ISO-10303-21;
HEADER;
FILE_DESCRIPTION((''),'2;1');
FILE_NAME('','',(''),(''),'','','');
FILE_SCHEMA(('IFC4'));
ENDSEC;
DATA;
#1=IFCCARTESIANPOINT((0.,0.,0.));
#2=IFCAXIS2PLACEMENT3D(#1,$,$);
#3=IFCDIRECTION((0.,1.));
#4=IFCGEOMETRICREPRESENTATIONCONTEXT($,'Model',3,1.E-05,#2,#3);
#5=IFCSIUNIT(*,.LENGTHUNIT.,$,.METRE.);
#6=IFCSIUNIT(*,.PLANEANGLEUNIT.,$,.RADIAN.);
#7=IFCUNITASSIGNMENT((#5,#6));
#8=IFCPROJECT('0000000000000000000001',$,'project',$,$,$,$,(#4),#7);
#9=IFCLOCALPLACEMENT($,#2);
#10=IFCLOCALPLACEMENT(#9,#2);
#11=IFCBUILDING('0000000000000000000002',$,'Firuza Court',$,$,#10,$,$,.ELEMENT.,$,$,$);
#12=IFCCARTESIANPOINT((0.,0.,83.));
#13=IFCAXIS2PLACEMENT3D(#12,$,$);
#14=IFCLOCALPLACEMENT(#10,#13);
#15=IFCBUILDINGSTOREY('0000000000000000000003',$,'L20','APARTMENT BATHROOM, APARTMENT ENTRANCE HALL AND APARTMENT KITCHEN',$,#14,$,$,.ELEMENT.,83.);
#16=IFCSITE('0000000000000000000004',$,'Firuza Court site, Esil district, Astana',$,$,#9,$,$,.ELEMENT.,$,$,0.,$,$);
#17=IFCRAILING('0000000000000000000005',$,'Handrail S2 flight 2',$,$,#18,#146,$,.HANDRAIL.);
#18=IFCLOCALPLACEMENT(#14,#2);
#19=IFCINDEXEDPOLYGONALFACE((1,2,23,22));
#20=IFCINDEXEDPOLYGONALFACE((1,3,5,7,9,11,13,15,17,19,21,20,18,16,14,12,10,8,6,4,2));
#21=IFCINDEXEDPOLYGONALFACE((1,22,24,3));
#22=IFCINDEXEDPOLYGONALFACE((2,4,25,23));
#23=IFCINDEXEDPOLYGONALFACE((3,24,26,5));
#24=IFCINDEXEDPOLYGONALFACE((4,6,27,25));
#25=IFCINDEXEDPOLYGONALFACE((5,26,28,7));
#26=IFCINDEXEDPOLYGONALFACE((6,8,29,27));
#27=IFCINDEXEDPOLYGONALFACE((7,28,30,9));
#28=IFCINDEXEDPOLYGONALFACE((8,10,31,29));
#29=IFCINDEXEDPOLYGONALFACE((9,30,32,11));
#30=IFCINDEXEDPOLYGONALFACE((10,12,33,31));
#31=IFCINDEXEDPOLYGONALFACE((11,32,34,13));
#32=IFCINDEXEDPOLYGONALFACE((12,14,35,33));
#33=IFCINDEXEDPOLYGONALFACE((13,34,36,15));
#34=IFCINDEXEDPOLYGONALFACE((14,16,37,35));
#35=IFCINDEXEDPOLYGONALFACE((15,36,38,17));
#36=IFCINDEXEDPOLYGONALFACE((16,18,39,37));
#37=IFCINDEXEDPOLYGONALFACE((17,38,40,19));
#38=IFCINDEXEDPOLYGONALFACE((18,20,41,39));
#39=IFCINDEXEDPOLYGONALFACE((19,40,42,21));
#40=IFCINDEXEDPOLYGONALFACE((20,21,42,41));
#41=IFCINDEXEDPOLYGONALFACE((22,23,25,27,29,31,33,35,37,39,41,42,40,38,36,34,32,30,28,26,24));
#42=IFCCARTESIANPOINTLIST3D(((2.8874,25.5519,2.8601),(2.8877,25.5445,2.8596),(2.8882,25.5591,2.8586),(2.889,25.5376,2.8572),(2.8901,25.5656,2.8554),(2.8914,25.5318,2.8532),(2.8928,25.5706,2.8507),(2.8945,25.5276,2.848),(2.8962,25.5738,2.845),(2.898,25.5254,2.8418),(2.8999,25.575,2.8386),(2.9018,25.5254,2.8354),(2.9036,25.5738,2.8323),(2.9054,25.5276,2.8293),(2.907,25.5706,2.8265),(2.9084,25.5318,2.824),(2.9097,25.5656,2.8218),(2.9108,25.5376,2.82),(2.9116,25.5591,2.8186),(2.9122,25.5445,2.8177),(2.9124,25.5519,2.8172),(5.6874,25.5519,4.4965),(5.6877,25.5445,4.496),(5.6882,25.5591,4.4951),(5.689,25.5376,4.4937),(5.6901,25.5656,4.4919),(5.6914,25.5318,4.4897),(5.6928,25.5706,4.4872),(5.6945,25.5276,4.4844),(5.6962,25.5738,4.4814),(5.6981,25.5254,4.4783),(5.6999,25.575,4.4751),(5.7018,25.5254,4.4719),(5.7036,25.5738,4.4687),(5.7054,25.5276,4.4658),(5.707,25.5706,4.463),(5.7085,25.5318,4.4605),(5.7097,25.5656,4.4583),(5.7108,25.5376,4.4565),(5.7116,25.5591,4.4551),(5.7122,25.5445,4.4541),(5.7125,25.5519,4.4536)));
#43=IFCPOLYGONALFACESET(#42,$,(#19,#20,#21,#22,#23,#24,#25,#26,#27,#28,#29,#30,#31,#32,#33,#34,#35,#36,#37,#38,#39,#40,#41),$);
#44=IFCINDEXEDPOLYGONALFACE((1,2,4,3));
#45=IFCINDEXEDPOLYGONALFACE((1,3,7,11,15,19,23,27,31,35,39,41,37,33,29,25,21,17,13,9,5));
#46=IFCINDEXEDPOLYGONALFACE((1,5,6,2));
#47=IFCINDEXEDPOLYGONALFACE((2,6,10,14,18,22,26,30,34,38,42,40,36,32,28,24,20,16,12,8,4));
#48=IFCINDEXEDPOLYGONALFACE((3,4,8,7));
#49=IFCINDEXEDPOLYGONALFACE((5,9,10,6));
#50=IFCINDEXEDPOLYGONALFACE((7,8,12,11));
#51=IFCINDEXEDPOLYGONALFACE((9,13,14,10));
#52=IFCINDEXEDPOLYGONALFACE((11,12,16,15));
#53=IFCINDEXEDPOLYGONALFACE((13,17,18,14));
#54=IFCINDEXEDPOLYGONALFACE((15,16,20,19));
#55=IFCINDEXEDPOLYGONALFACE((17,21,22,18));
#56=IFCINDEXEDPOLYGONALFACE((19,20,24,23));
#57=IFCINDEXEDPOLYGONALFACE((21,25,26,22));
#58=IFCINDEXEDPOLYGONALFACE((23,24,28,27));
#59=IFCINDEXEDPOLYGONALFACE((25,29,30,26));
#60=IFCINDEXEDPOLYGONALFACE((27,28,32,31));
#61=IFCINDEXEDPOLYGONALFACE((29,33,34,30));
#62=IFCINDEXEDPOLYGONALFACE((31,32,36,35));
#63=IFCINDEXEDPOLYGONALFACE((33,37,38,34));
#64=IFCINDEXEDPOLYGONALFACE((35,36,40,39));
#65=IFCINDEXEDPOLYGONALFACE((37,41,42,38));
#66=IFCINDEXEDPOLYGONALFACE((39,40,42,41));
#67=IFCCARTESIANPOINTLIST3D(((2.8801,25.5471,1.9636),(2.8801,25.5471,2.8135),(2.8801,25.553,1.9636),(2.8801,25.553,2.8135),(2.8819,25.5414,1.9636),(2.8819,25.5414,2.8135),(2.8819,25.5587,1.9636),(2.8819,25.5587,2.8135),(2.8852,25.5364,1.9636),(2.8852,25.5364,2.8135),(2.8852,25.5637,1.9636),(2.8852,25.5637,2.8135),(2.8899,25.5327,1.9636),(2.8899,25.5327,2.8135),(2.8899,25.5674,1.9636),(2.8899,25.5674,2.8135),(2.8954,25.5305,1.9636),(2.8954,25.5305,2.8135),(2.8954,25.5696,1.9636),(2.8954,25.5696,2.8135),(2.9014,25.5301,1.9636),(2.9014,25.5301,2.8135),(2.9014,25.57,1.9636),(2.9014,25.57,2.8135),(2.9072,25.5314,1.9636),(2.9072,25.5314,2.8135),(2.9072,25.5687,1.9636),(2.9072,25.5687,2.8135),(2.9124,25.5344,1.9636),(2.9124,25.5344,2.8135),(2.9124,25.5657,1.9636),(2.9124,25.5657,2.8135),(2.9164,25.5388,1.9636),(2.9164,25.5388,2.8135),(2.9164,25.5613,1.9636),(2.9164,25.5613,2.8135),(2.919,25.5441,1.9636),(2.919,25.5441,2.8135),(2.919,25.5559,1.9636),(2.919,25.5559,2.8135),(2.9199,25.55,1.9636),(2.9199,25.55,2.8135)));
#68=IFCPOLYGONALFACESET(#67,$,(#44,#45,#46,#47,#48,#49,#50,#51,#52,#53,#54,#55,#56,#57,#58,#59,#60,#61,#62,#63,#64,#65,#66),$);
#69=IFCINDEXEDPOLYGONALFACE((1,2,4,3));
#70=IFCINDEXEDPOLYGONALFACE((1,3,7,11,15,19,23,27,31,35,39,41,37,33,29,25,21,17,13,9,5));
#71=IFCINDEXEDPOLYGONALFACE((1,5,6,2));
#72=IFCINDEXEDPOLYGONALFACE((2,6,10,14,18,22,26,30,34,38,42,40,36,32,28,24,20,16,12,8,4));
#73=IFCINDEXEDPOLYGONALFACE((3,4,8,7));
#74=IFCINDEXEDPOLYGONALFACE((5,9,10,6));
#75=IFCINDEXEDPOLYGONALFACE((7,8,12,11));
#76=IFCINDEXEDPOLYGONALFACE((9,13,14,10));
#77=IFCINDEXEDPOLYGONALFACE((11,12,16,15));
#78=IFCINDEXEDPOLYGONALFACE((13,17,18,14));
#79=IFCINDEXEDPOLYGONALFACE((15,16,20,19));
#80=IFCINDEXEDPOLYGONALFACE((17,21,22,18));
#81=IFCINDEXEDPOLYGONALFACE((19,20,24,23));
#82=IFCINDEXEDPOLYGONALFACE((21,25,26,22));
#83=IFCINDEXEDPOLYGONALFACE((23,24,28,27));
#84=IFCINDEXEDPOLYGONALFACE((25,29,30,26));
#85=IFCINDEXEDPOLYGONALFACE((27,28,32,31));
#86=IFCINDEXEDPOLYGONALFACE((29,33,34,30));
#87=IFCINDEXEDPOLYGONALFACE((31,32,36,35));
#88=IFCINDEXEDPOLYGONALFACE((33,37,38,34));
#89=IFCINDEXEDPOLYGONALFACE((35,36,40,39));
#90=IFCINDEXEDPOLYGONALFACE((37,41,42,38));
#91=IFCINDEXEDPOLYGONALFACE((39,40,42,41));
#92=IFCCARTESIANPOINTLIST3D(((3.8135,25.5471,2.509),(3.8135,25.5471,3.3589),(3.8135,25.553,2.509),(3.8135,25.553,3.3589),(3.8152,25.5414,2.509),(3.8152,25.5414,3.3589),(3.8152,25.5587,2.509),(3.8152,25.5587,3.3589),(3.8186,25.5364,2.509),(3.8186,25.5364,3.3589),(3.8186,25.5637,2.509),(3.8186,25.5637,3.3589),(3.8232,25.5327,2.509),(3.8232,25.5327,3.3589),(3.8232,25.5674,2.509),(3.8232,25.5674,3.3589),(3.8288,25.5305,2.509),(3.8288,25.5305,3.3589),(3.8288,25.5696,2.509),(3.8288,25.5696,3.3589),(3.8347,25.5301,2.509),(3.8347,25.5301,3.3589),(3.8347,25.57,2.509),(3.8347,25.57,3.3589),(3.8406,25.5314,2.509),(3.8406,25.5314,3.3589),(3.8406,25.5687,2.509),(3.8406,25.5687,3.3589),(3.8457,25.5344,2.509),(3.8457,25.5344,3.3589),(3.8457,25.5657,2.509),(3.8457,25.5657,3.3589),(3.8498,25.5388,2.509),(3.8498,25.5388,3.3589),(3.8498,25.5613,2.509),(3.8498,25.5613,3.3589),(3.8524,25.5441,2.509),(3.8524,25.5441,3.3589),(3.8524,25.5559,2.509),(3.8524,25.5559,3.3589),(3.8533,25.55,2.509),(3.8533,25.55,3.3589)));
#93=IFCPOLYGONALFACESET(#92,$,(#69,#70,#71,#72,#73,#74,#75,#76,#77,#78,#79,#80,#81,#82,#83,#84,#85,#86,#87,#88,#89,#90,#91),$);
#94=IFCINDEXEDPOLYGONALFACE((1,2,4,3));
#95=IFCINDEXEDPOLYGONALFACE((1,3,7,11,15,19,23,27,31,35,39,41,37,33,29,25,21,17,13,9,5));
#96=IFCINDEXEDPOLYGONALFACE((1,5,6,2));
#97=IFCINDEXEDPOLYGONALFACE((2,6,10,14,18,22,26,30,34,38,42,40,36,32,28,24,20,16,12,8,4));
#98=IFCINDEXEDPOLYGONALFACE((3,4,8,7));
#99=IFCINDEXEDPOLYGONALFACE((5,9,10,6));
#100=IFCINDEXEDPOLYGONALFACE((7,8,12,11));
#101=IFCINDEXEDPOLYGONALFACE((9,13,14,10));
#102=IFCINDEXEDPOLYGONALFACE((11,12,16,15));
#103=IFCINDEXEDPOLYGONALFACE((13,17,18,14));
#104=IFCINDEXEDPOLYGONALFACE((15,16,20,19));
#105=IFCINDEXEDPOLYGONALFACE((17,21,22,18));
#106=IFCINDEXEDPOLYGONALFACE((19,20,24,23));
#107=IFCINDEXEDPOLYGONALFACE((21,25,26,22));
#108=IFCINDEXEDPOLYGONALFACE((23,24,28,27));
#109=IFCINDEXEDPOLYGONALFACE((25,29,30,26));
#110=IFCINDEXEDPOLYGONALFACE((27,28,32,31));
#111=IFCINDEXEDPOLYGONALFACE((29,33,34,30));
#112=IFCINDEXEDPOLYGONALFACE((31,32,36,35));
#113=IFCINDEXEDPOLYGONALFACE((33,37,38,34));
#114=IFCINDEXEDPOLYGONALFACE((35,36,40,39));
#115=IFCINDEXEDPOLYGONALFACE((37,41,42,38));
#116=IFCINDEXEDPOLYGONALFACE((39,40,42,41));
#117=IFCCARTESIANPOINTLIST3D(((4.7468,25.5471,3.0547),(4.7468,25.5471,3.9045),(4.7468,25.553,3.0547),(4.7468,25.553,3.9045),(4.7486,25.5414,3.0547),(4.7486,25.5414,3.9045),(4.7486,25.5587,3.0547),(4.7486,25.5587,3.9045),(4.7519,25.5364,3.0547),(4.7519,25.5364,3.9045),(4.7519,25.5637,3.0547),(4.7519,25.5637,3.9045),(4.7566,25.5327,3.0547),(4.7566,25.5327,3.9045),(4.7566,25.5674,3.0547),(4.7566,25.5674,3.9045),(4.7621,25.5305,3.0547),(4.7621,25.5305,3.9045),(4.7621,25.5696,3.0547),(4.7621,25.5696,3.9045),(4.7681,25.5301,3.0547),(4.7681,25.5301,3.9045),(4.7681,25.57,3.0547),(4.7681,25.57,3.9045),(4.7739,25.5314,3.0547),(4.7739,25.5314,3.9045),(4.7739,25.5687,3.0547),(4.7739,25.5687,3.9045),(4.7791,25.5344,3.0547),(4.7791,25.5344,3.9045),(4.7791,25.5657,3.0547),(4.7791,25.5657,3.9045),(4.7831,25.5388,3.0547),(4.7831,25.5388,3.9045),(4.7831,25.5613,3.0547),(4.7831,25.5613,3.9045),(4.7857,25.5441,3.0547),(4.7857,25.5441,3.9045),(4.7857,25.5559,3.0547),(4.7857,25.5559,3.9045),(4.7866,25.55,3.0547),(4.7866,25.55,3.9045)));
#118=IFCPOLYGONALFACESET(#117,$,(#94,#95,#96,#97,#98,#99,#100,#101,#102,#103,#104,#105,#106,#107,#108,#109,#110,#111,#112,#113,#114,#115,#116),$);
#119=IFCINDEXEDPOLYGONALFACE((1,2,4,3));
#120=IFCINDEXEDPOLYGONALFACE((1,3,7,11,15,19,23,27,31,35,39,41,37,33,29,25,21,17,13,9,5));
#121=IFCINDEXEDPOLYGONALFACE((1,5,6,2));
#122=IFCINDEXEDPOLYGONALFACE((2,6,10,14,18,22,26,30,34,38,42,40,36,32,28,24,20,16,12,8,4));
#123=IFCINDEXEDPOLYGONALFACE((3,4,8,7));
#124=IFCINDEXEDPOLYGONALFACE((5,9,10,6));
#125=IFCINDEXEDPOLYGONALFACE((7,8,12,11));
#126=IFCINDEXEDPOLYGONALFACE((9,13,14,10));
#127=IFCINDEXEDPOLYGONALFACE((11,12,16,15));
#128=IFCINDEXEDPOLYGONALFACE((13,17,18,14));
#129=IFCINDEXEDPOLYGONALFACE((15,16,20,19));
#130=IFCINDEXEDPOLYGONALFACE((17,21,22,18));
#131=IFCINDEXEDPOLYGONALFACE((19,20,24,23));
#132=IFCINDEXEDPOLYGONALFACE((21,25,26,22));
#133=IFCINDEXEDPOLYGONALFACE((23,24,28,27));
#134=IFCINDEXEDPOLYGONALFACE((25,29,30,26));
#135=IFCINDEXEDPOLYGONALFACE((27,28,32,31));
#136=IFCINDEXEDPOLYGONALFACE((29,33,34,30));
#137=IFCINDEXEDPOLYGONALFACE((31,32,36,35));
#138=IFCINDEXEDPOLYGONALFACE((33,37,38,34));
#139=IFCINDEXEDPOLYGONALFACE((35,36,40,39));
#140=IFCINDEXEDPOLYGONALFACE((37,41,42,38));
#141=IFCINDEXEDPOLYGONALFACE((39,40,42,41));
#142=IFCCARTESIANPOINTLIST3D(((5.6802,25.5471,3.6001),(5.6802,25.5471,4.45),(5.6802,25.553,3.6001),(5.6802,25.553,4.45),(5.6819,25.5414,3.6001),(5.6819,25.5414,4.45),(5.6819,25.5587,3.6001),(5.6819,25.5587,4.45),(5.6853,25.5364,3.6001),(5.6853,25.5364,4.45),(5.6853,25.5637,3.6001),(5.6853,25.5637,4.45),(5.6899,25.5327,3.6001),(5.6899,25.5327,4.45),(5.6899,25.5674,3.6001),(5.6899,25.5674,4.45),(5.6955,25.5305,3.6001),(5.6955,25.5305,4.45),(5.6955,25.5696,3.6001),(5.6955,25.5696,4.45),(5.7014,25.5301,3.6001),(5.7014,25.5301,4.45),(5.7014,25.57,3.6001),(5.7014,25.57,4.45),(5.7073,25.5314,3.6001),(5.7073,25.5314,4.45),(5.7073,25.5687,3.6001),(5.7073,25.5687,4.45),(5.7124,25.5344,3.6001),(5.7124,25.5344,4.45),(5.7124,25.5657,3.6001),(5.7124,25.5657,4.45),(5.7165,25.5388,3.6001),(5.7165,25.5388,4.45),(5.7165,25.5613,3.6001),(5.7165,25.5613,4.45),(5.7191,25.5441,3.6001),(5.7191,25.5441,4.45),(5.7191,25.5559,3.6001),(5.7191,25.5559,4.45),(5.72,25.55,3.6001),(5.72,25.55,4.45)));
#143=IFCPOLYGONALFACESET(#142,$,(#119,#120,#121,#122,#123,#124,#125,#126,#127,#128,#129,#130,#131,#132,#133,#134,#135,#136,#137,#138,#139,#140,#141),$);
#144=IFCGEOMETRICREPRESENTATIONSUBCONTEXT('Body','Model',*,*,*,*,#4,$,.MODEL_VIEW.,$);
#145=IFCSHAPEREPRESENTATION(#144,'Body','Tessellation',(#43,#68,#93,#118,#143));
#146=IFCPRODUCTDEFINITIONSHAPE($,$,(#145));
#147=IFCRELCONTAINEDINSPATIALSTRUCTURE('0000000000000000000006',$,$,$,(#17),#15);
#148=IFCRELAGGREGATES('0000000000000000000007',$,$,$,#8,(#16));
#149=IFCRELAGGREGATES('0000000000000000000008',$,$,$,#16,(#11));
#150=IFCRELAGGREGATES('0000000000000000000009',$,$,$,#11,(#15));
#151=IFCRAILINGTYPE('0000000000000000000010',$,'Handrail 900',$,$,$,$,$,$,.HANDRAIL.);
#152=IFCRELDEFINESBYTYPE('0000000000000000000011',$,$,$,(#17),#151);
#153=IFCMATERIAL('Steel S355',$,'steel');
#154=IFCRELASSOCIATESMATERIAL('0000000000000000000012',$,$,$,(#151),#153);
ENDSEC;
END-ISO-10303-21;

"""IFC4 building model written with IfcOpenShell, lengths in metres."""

from ifc_helpers import new_model, si_unit, direction, frame, origin, origin_2d, place, context, subcontext, project, spatial, circle, extrude, material, type_object, element, save


model = new_model("IFC4")

# Units and contexts
model_context = context("Model", 3, precision=1e-05, world=origin(), true_north=direction((0.0, 1.0)))
body_context = subcontext(model_context, "Body", "Model", "MODEL_VIEW")
ifc_project = project(units=[si_unit("LENGTHUNIT", "METRE"), si_unit("PLANEANGLEUNIT", "RADIAN")], contexts=[model_context])

# Site, building, storey
site_placement = place(None, origin())
site = spatial("IfcSite", under=ifc_project, at=site_placement, Name="Firuza Court site, Esil district, Astana", CompositionType="ELEMENT", RefElevation=0.0)
building_placement = place(site_placement, origin())
building = spatial("IfcBuilding", under=site, at=building_placement, Name="Firuza Court", CompositionType="ELEMENT")
storey_placement = place(building_placement, frame((0.0, 0.0, 83.0)))
storey = spatial("IfcBuildingStorey", under=building, at=storey_placement, Name="L20", Description="APARTMENT BATHROOM, APARTMENT ENTRANCE HALL AND APARTMENT KITCHEN", CompositionType="ELEMENT", Elevation=83.0)

# Railing
ifc_material_1 = material(Name="Steel S355", Category="steel")
railing_type_1 = type_object("IfcRailingType", Name="Handrail 900", PredefinedType="HANDRAIL", material=ifc_material_1)
railing_1_placement = place(storey_placement, frame((2.8999, 25.55, 1.9636)))
element("IfcRailing", 1, at=railing_1_placement, inside=storey, type_object=railing_type_1, Name="Handrail S2 flight 2", PredefinedType="HANDRAIL", context=body_context, shape_type="SweptSolid", body=[
    extrude(circle(Radius=0.0249, at=origin_2d()), frame((0.0, 0.0, 0.875), z_axis=(0.863361, 0.0, 0.504587), x_axis=(0.0, 1.0, 0.0)), (0.0, 0.0, 1.0), 3.2432),
    extrude(circle(Radius=0.02, at=origin_2d()), origin(), (0.0, 0.0, 1.0), 0.8499),
    extrude(circle(Radius=0.02, at=origin_2d()), frame((0.9333, 0.0, 0.5454)), (0.0, 0.0, 1.0), 0.8499),
    extrude(circle(Radius=0.02, at=origin_2d()), frame((1.8667, 0.0, 1.0911)), (0.0, 0.0, 1.0), 0.8499),
    extrude(circle(Radius=0.02, at=origin_2d()), frame((2.8, 0.0, 1.6365)), (0.0, 0.0, 1.0), 0.8499),
])

save(model, "model.ifc")
